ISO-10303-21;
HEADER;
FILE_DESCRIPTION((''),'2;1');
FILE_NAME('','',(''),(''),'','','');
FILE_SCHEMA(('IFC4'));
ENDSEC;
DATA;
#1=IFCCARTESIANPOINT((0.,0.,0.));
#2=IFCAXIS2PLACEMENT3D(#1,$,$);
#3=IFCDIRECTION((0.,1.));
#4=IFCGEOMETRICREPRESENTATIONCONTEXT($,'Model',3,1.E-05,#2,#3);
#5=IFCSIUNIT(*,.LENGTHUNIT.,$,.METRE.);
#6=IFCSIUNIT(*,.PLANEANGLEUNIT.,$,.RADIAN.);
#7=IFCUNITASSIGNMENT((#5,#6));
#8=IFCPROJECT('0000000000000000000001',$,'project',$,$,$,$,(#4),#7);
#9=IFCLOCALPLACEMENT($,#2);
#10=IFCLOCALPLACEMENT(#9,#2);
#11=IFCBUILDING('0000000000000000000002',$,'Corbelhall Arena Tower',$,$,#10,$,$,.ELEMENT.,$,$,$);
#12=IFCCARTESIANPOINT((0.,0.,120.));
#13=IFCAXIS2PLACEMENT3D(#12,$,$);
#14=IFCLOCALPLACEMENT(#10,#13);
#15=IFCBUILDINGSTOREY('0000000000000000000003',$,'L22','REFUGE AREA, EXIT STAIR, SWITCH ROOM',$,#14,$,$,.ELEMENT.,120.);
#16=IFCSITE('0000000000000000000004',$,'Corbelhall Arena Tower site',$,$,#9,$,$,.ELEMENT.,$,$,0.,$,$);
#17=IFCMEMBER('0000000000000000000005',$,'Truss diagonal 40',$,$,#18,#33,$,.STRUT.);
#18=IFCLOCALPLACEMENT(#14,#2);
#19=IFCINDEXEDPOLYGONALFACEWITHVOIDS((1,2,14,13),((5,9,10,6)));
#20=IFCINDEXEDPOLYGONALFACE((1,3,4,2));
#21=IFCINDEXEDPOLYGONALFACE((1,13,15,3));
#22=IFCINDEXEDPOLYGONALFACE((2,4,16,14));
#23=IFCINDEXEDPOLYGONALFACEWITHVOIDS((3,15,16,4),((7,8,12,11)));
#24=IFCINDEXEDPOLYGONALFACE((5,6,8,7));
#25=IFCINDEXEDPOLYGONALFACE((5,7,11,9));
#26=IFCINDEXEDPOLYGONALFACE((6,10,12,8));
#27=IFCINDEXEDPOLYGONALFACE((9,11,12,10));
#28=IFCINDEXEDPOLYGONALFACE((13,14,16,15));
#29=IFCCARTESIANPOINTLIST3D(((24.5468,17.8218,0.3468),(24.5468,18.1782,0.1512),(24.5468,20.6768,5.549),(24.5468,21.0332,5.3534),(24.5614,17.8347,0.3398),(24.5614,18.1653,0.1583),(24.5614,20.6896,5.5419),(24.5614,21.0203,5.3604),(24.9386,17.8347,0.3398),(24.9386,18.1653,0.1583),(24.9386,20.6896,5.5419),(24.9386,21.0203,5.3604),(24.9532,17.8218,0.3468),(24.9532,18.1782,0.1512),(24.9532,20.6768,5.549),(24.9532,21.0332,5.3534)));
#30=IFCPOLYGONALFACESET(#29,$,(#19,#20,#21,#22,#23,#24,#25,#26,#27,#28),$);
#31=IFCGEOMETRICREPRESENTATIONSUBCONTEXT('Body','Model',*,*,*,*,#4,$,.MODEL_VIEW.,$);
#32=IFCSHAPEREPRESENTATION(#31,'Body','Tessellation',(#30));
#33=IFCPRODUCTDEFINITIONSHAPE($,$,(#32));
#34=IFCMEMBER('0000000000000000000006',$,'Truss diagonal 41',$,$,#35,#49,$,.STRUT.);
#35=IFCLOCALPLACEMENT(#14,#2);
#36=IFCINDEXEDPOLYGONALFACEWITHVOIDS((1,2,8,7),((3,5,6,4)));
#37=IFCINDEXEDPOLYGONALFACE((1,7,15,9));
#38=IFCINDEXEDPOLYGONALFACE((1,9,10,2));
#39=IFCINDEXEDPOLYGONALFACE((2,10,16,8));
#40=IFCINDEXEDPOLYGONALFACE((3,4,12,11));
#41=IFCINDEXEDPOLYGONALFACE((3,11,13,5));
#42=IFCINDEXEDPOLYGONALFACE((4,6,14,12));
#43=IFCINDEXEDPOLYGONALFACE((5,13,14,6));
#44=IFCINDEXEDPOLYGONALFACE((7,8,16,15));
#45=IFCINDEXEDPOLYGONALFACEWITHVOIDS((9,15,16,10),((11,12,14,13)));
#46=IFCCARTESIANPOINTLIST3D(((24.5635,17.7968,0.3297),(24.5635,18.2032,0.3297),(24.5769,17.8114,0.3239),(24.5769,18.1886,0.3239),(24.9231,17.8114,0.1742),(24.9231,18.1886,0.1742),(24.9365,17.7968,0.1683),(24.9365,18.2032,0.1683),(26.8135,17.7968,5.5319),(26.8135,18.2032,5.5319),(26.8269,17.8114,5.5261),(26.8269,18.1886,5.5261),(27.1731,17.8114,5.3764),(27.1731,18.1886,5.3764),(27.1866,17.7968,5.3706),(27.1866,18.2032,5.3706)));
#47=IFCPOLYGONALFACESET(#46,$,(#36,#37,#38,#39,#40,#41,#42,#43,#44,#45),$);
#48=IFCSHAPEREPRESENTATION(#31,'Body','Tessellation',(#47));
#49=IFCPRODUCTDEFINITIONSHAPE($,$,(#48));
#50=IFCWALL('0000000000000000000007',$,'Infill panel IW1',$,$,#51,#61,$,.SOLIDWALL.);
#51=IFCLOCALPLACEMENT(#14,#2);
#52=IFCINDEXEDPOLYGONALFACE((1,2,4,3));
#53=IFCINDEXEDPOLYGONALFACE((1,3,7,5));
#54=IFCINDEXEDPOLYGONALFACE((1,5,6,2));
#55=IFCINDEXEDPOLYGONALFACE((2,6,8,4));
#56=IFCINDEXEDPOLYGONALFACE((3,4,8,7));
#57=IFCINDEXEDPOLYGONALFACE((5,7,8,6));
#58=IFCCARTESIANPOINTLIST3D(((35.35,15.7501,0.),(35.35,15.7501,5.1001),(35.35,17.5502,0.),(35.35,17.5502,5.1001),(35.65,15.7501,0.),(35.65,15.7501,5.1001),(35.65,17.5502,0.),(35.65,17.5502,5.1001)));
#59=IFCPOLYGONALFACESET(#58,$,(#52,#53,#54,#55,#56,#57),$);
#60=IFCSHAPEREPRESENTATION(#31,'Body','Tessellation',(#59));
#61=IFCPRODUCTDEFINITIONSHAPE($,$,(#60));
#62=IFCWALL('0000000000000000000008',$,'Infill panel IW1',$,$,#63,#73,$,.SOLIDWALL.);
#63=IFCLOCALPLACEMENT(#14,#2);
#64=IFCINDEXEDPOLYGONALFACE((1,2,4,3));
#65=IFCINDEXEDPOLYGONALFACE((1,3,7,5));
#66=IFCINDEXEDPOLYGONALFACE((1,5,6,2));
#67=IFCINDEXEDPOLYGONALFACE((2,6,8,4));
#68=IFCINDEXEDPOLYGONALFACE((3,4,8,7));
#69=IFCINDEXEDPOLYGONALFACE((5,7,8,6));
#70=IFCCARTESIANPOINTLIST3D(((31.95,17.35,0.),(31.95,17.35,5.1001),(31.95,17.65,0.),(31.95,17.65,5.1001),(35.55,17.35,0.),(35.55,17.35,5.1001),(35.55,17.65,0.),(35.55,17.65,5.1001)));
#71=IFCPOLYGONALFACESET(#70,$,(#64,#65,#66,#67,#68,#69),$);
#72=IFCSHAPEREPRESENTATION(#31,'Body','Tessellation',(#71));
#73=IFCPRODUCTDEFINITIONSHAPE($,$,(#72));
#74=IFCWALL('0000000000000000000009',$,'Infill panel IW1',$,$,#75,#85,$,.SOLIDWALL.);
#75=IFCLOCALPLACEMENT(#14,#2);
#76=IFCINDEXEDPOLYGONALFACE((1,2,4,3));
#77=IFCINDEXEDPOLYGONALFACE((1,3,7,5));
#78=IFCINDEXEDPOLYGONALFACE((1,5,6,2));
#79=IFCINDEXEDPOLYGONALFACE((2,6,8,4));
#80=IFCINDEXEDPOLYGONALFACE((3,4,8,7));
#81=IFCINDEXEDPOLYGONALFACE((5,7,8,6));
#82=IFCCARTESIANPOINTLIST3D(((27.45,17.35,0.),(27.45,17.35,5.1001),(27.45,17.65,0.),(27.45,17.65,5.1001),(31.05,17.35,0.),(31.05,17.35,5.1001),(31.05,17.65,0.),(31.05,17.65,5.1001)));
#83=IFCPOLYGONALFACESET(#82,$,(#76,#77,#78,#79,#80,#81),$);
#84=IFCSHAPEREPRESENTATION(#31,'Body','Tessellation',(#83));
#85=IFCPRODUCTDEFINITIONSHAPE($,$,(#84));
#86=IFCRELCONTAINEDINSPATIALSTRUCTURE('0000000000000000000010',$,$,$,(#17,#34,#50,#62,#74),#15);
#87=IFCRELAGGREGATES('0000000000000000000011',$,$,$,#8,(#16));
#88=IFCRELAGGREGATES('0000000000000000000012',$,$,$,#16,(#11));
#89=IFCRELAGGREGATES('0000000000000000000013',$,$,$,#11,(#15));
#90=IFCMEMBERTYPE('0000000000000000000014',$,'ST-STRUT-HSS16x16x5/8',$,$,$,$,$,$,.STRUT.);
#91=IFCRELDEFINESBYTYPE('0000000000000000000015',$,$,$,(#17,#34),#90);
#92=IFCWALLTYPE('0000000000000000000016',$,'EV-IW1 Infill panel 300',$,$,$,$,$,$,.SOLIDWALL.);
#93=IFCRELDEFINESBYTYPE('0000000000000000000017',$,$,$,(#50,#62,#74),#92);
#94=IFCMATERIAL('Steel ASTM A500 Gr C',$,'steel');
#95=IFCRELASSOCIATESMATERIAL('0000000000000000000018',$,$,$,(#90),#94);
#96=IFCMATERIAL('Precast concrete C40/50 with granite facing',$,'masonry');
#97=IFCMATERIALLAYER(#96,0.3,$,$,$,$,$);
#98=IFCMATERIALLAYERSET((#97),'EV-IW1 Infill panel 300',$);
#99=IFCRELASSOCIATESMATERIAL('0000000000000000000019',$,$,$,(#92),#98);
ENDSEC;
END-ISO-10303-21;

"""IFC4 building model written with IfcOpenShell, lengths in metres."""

from ifc_helpers import new_model, si_unit, direction, frame, frame_2d, origin, origin_2d, place, context, subcontext, project, spatial, rectangle, hollow_rectangle, extrude, material, layer, layer_set, material_profile, profile_set, type_object, element, save


model = new_model("IFC4")

# Units and contexts
model_context = context("Model", 3, precision=1e-05, world=origin(), true_north=direction((0.0, 1.0)))
body_context = subcontext(model_context, "Body", "Model", "MODEL_VIEW")
ifc_project = project(units=[si_unit("LENGTHUNIT", "METRE"), si_unit("PLANEANGLEUNIT", "RADIAN")], contexts=[model_context])

# Site, building, storey
site_placement = place(None, origin())
site = spatial("IfcSite", under=ifc_project, at=site_placement, Name="Corbelhall Arena Tower site", CompositionType="ELEMENT", RefElevation=0.0)
building_placement = place(site_placement, origin())
building = spatial("IfcBuilding", under=site, at=building_placement, Name="Corbelhall Arena Tower", CompositionType="ELEMENT")
storey_placement = place(building_placement, frame((0.0, 0.0, 120.0)))
storey = spatial("IfcBuildingStorey", under=building, at=storey_placement, Name="L22", Description="REFUGE AREA, EXIT STAIR, SWITCH ROOM", CompositionType="ELEMENT", Elevation=120.0)

# Members
ifc_material_1 = material(Name="Steel ASTM A500 Gr C", Category="steel")
ifc_material_profile_1 = material_profile(ifc_material_1, hollow_rectangle(XDim=0.4065, YDim=0.4065, WallThickness=0.0146, at=origin_2d()))
ifc_profile_set_1 = profile_set([ifc_material_profile_1], Name="Steel ASTM A500 Gr C")
member_type_1 = type_object("IfcMemberType", Name="ST-STRUT-HSS16x16x5/8", PredefinedType="STRUT", material=ifc_profile_set_1)
member_1_placement = place(storey_placement, frame((24.75, 18.0, 0.249), z_axis=(0.0, 0.481116, 0.876657), x_axis=(-1.0, 0.0, 0.0)))
element("IfcMember", 1, at=member_1_placement, inside=storey, type_object=member_type_1, Name="Truss diagonal 40", PredefinedType="STRUT", context=body_context, shape_type="SweptSolid", body=[
    extrude(hollow_rectangle(XDim=0.4065, YDim=0.4065, WallThickness=0.0146, at=origin_2d()), origin(), (0.0, 0.0, 1.0), 5.9341),
])
member_2_placement = place(storey_placement, frame((24.75, 18.0, 0.249), z_axis=(0.396974, 0.0, 0.91783), x_axis=(0.0, 1.0, 0.0)))
element("IfcMember", 2, at=member_2_placement, inside=storey, type_object=member_type_1, Name="Truss diagonal 41", PredefinedType="STRUT", context=body_context, shape_type="SweptSolid", body=[
    extrude(hollow_rectangle(XDim=0.4065, YDim=0.4065, WallThickness=0.0146, at=origin_2d()), origin(), (0.0, 0.0, 1.0), 5.668),
])

# Walls
ifc_material_2 = material(Name="Precast concrete C40/50 with granite facing", Category="masonry")
ifc_layer = layer(ifc_material_2, 0.3)
ifc_layer_set = layer_set([ifc_layer], Name="EV-IW1 Infill panel 300")
wall_type = type_object("IfcWallType", Name="EV-IW1 Infill panel 300", PredefinedType="SOLIDWALL", material=ifc_layer_set)
wall_placement = place(storey_placement, frame((35.5, 17.55, 0.0), z_axis=(0.0, 0.0, 1.0), x_axis=(0.0, -1.0, 0.0)))
element("IfcWall", 3, at=wall_placement, inside=storey, type_object=wall_type, Name="Infill panel IW1", PredefinedType="SOLIDWALL", context=body_context, shape_type="SweptSolid", body=[
    extrude(rectangle(XDim=1.8, YDim=0.3, at=frame_2d((0.8999, 0.0))), origin(), (0.0, 0.0, 1.0), 5.1001),
])
for number, where, z_axis, x_axis, name in (
    (4, (35.55, 17.5, 0.0), (0.0, 0.0, 1.0), (-1.0, 0.0, 0.0), "Infill panel IW1"),
    (5, (31.05, 17.5, 0.0), (0.0, 0.0, 1.0), (-1.0, 0.0, 0.0), "Infill panel IW1"),
):
    element("IfcWall", number, at=place(storey_placement, frame(where, z_axis=z_axis, x_axis=x_axis)), inside=storey, type_object=wall_type, Name=name, PredefinedType="SOLIDWALL", context=body_context, shape_type="SweptSolid", body=[
        extrude(rectangle(XDim=3.6001, YDim=0.3, at=frame_2d((1.8, 0.0))), origin(), (0.0, 0.0, 1.0), 5.1001),
    ])

save(model, "model.ifc")
